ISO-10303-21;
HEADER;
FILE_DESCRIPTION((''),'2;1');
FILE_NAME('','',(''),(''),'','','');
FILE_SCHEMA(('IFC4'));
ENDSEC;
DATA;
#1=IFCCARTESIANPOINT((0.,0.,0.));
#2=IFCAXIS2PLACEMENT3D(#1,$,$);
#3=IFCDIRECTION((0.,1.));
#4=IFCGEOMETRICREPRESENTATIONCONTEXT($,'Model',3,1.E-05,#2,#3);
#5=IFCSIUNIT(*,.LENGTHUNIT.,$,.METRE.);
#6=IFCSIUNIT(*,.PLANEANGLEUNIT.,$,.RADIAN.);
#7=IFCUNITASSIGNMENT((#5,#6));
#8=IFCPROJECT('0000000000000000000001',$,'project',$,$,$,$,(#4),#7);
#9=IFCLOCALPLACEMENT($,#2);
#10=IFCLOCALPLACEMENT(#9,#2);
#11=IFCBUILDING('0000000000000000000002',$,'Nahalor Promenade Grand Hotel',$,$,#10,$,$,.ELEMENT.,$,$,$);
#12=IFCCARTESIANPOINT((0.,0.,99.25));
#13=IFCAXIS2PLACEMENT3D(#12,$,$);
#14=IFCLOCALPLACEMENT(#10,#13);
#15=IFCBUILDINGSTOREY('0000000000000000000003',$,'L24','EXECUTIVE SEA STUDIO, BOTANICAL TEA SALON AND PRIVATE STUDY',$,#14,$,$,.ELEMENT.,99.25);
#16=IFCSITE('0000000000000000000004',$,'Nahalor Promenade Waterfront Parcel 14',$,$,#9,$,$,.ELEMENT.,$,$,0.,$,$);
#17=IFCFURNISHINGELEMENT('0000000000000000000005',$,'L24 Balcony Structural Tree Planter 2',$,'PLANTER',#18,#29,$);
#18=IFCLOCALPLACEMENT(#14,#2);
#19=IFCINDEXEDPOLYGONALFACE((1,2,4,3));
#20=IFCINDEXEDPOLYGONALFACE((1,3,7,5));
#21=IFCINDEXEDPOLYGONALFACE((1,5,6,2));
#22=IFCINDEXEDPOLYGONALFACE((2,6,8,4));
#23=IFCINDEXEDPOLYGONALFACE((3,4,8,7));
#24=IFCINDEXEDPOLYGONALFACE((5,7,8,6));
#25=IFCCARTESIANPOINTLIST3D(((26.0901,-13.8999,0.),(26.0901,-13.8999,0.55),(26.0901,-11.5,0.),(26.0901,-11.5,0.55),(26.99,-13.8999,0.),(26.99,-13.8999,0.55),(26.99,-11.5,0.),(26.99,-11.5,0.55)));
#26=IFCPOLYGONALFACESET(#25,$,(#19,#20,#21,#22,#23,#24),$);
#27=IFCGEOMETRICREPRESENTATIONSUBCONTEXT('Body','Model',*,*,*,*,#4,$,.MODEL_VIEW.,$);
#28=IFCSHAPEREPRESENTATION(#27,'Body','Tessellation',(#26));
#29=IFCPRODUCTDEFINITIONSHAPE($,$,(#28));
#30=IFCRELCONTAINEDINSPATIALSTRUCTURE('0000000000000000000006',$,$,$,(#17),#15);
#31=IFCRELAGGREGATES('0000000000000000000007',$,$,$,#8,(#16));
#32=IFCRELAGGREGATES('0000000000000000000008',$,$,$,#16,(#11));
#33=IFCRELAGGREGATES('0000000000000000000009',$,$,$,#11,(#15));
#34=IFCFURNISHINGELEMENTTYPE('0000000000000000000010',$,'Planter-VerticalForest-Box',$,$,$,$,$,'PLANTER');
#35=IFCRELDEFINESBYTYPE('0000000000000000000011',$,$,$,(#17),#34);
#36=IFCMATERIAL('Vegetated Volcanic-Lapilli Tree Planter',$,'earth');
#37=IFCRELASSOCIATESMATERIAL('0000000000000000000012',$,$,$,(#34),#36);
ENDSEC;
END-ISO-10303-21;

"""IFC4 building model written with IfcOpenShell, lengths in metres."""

from ifc_helpers import new_model, si_unit, direction, frame, origin, origin_2d, place, context, subcontext, project, spatial, rectangle, extrude, source, transform, mapped, material, type_object, element, save


model = new_model("IFC4")

# Units and contexts
model_context = context("Model", 3, precision=1e-05, world=origin(), true_north=direction((0.0, 1.0)))
body_context = subcontext(model_context, "Body", "Model", "MODEL_VIEW")
ifc_project = project(units=[si_unit("LENGTHUNIT", "METRE"), si_unit("PLANEANGLEUNIT", "RADIAN")], contexts=[model_context])

# Site, building, storey
site_placement = place(None, origin())
site = spatial("IfcSite", under=ifc_project, at=site_placement, Name="Nahalor Promenade Waterfront Parcel 14", CompositionType="ELEMENT", RefElevation=0.0)
building_placement = place(site_placement, origin())
building = spatial("IfcBuilding", under=site, at=building_placement, Name="Nahalor Promenade Grand Hotel", CompositionType="ELEMENT")
storey_placement = place(building_placement, frame((0.0, 0.0, 99.25)))
storey = spatial("IfcBuildingStorey", under=building, at=storey_placement, Name="L24", Description="EXECUTIVE SEA STUDIO, BOTANICAL TEA SALON AND PRIVATE STUDY", CompositionType="ELEMENT", Elevation=99.25)

# Furnishing element
ifc_material_1 = material(Name="Vegetated Volcanic-Lapilli Tree Planter", Category="earth")
furnishing_element_type = type_object("IfcFurnishingElementType", Name="Planter-VerticalForest-Box", ElementType="PLANTER", material=ifc_material_1)
shared_shape_1 = source(origin(), body_context, "Body", "SweptSolid", [
    extrude(rectangle(XDim=2.3999, YDim=0.8999, at=origin_2d()), origin(), (0.0, 0.0, 1.0), 0.55),
])
furnishing_placement = place(storey_placement, frame((26.54, -12.7, 0.0), z_axis=(0.0, 0.0, 1.0), x_axis=(0.0, 1.0, 0.0)))
element("IfcFurnishingElement", 1, at=furnishing_placement, inside=storey, type_object=furnishing_element_type, Name="L24 Balcony Structural Tree Planter 2", ObjectType="PLANTER", context=body_context, shape_type="MappedRepresentation", body=[
    mapped(shared_shape_1, transform((0.0, 0.0, 0.0), scale=1.0)),
])

save(model, "model.ifc")
